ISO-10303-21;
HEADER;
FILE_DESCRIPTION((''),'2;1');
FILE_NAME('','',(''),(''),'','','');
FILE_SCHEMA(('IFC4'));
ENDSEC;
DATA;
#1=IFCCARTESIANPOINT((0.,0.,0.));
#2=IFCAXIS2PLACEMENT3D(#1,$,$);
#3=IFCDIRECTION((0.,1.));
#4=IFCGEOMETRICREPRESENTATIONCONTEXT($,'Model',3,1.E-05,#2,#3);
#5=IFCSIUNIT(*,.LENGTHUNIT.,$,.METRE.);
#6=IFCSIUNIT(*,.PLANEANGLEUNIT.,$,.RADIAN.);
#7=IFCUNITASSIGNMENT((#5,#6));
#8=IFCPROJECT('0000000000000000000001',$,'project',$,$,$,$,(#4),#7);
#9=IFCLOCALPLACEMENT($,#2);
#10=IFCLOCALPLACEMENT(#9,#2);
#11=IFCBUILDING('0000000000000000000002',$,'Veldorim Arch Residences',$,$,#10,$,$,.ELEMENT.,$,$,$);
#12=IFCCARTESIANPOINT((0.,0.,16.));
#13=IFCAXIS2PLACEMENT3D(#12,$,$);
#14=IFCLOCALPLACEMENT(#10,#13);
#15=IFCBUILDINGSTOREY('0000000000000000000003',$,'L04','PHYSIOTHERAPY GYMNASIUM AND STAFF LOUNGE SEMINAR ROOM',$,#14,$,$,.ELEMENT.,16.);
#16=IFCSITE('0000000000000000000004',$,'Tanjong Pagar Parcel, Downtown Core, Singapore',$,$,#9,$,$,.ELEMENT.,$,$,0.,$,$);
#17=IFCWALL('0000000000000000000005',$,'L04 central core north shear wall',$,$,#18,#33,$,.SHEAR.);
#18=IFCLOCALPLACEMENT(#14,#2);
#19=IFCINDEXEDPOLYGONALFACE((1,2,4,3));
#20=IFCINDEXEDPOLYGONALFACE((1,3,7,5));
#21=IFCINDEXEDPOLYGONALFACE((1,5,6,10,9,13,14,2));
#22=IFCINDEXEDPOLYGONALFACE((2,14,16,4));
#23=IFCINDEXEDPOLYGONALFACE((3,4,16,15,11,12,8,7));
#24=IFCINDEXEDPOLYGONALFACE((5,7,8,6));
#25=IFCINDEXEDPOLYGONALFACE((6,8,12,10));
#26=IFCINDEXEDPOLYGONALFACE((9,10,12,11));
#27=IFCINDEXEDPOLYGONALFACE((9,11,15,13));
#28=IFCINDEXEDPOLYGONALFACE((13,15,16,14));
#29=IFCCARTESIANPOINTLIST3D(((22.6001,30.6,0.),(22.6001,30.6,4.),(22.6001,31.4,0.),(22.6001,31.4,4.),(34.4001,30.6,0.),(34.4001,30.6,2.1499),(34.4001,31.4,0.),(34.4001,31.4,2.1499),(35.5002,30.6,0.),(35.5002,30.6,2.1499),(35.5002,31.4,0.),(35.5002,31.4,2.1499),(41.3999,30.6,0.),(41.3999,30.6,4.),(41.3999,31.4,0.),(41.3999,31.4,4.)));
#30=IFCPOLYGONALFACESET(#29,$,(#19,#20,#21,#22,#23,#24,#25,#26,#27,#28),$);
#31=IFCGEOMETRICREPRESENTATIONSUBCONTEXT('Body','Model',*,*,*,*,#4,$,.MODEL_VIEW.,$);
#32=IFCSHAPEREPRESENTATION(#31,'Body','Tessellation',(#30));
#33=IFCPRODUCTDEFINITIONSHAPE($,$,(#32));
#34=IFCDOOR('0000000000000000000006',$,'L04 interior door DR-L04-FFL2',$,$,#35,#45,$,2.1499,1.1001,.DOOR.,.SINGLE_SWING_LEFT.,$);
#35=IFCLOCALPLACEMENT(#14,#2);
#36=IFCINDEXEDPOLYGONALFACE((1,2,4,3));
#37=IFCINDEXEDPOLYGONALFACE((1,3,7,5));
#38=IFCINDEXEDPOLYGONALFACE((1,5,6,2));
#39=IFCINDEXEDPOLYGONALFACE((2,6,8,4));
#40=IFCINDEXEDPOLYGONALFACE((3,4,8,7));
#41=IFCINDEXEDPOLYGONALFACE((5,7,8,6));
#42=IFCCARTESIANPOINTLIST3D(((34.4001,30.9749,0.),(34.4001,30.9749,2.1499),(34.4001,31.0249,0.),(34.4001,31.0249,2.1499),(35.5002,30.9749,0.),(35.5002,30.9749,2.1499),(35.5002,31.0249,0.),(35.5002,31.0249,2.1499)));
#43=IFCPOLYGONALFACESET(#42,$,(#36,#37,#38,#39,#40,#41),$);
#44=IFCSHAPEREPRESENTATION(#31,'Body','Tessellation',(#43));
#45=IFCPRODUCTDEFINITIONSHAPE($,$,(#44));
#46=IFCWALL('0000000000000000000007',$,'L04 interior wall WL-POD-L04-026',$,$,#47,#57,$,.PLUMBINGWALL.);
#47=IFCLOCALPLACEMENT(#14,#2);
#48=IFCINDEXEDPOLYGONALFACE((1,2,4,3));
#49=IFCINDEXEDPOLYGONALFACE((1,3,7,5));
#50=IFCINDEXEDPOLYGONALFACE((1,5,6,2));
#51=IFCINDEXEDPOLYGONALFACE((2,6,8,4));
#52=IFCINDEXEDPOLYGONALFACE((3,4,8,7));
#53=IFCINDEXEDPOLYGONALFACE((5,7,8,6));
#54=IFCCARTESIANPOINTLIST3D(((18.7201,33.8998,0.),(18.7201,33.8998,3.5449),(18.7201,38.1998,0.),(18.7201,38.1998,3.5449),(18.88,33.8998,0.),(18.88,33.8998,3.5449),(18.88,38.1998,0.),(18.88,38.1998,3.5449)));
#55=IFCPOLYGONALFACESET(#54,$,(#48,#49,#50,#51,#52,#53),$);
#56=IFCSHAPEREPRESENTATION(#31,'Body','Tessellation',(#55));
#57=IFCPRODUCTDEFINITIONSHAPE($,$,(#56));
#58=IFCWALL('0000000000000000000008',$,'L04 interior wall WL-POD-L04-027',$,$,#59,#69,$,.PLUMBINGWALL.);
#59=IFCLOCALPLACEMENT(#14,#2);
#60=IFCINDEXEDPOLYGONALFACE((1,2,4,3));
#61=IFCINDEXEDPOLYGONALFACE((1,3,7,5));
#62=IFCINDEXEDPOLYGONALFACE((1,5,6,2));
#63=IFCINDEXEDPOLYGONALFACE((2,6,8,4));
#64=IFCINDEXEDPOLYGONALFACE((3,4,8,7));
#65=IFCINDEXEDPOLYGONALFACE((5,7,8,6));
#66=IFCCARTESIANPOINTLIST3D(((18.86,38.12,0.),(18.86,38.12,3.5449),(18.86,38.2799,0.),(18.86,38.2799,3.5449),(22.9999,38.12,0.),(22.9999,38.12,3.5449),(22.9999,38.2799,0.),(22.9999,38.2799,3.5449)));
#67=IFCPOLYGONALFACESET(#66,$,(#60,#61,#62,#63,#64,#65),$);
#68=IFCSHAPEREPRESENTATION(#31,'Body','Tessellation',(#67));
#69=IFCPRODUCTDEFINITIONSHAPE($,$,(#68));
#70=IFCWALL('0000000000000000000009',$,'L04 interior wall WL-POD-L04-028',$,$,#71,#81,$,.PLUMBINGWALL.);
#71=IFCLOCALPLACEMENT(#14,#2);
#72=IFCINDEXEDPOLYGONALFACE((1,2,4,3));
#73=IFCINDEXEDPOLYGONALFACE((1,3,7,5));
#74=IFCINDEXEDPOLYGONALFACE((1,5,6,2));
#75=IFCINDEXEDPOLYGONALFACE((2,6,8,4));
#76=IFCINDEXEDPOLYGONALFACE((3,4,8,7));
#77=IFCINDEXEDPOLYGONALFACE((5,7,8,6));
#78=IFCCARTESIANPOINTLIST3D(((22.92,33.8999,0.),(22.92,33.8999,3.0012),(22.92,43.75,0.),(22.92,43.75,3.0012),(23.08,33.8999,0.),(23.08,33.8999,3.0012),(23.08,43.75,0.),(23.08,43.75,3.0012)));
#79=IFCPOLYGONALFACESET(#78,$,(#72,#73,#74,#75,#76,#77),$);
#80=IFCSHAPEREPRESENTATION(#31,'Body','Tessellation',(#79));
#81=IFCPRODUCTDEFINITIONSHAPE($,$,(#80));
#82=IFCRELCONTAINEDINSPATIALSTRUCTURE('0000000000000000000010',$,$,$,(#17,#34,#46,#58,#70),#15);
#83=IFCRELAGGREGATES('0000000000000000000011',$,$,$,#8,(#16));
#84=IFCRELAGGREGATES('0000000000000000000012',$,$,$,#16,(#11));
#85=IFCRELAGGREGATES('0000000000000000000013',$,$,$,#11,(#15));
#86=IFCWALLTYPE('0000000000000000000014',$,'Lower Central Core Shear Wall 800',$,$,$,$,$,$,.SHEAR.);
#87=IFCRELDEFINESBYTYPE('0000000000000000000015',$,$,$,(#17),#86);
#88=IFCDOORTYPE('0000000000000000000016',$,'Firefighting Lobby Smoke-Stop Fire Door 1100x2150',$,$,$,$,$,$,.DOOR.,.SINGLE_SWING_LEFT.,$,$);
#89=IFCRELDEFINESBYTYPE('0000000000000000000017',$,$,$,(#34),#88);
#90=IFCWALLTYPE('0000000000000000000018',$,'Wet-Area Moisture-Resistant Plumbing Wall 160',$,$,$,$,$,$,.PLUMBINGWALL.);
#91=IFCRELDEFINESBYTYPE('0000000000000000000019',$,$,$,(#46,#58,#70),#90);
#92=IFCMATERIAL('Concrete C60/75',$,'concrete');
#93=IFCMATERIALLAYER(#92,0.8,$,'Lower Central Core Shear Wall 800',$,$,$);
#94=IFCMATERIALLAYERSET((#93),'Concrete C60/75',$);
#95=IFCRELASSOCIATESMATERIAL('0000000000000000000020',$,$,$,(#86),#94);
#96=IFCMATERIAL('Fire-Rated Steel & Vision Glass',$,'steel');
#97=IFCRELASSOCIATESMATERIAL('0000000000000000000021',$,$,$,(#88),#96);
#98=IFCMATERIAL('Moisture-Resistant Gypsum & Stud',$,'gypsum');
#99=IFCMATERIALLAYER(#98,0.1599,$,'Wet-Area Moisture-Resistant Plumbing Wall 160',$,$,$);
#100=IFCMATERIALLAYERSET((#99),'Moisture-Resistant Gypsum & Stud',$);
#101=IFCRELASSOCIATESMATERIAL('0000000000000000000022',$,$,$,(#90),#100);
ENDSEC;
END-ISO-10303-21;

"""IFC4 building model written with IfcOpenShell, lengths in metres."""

from ifc_helpers import new_model, si_unit, direction, frame, frame_2d, origin, place, context, subcontext, project, spatial, rectangle, extrude, material, layer, layer_set, type_object, element, fill, save


model = new_model("IFC4")

# Units and contexts
model_context = context("Model", 3, precision=1e-05, world=origin(), true_north=direction((0.0, 1.0)))
body_context = subcontext(model_context, "Body", "Model", "MODEL_VIEW")
ifc_project = project(units=[si_unit("LENGTHUNIT", "METRE"), si_unit("PLANEANGLEUNIT", "RADIAN")], contexts=[model_context])

# Site, building, storey
site_placement = place(None, origin())
site = spatial("IfcSite", under=ifc_project, at=site_placement, Name="Tanjong Pagar Parcel, Downtown Core, Singapore", CompositionType="ELEMENT", RefElevation=0.0)
building_placement = place(site_placement, origin())
building = spatial("IfcBuilding", under=site, at=building_placement, Name="Veldorim Arch Residences", CompositionType="ELEMENT")
storey_placement = place(building_placement, frame((0.0, 0.0, 16.0)))
storey = spatial("IfcBuildingStorey", under=building, at=storey_placement, Name="L04", Description="PHYSIOTHERAPY GYMNASIUM AND STAFF LOUNGE SEMINAR ROOM", CompositionType="ELEMENT", Elevation=16.0)

# Wall, opening, door
ifc_material_1 = material(Name="Concrete C60/75", Category="concrete")
ifc_layer_1 = layer(ifc_material_1, 0.8, Name="Lower Central Core Shear Wall 800")
ifc_layer_set_1 = layer_set([ifc_layer_1], Name="Concrete C60/75")
wall_type_1 = type_object("IfcWallType", Name="Lower Central Core Shear Wall 800", PredefinedType="SHEAR", material=ifc_layer_set_1)
wall_1_placement = place(storey_placement, frame((22.6001, 31.0, 0.0), z_axis=(0.0, 0.0, 1.0), x_axis=(1.0, 0.0, 0.0)))
wall_1 = element("IfcWall", 1, at=wall_1_placement, inside=storey, type_object=wall_type_1, Name="L04 central core north shear wall", PredefinedType="SHEAR", context=body_context, shape_type="SweptSolid", body=[
    extrude(rectangle(XDim=18.7998, YDim=0.8, at=frame_2d((9.3999, 0.0))), origin(), (0.0, 0.0, 1.0), 4.0),
])
opening_1_placement = place(wall_1_placement, frame((11.8, 0.0, 0.0)))
opening_1 = element("IfcOpeningElement", 2, at=opening_1_placement, cuts=wall_1, PredefinedType="OPENING", context=body_context, shape_type="SweptSolid", body=[
    extrude(rectangle(XDim=1.1001, YDim=2.1499, at=frame_2d((0.55, 1.075))), frame((0.0, 0.4099, 0.0), z_axis=(0.0, -1.0, 0.0), x_axis=(1.0, 0.0, 0.0)), (0.0, 0.0, 1.0), 0.8201),
])
ifc_material_2 = material(Name="Fire-Rated Steel & Vision Glass", Category="steel")
door_type_1 = type_object("IfcDoorType", Name="Firefighting Lobby Smoke-Stop Fire Door 1100x2150", OperationType="SINGLE_SWING_LEFT", PredefinedType="DOOR", material=ifc_material_2)
door_1_placement = place(opening_1_placement, origin())
door_1 = element("IfcDoor", 3, at=door_1_placement, inside=storey, type_object=door_type_1, Name="L04 interior door DR-L04-FFL2", OperationType="SINGLE_SWING_LEFT", OverallHeight=2.1499, OverallWidth=1.1001, PredefinedType="DOOR", context=body_context, shape_type="SweptSolid", body=[
    extrude(rectangle(XDim=1.1001, YDim=2.1499, at=frame_2d((0.55, 1.075))), frame((0.0, 0.0249, 0.0), z_axis=(0.0, -1.0, 0.0), x_axis=(1.0, 0.0, 0.0)), (0.0, 0.0, 1.0), 0.05),
])
fill(opening_1, door_1)

# Walls
ifc_material_3 = material(Name="Moisture-Resistant Gypsum & Stud", Category="gypsum")
ifc_layer_2 = layer(ifc_material_3, 0.1599, Name="Wet-Area Moisture-Resistant Plumbing Wall 160")
ifc_layer_set_2 = layer_set([ifc_layer_2], Name="Moisture-Resistant Gypsum & Stud")
wall_type_2 = type_object("IfcWallType", Name="Wet-Area Moisture-Resistant Plumbing Wall 160", PredefinedType="PLUMBINGWALL", material=ifc_layer_set_2)
wall_2_placement = place(storey_placement, frame((18.8, 33.8999, 0.0), z_axis=(0.0, 0.0, 1.0), x_axis=(0.0, 1.0, 0.0)))
element("IfcWall", 4, at=wall_2_placement, inside=storey, type_object=wall_type_2, Name="L04 interior wall WL-POD-L04-026", PredefinedType="PLUMBINGWALL", context=body_context, shape_type="SweptSolid", body=[
    extrude(rectangle(XDim=4.3, YDim=0.1599, at=frame_2d((2.1499, 0.0))), origin(), (0.0, 0.0, 1.0), 3.5449),
])
wall_3_placement = place(storey_placement, frame((18.8601, 38.2, 0.0), z_axis=(0.0, 0.0, 1.0), x_axis=(1.0, 0.0, 0.0)))
element("IfcWall", 5, at=wall_3_placement, inside=storey, type_object=wall_type_2, Name="L04 interior wall WL-POD-L04-027", PredefinedType="PLUMBINGWALL", context=body_context, shape_type="SweptSolid", body=[
    extrude(rectangle(XDim=4.1399, YDim=0.1599, at=frame_2d((2.0698, 0.0))), origin(), (0.0, 0.0, 1.0), 3.5449),
])
wall_4_placement = place(storey_placement, frame((23.0, 43.75, 0.0), z_axis=(0.0, 0.0, 1.0), x_axis=(0.0, -1.0, 0.0)))
element("IfcWall", 6, at=wall_4_placement, inside=storey, type_object=wall_type_2, Name="L04 interior wall WL-POD-L04-028", PredefinedType="PLUMBINGWALL", context=body_context, shape_type="SweptSolid", body=[
    extrude(rectangle(XDim=9.8501, YDim=0.1599, at=frame_2d((4.925, 0.0))), origin(), (0.0, 0.0, 1.0), 3.0012),
])

save(model, "model.ifc")
